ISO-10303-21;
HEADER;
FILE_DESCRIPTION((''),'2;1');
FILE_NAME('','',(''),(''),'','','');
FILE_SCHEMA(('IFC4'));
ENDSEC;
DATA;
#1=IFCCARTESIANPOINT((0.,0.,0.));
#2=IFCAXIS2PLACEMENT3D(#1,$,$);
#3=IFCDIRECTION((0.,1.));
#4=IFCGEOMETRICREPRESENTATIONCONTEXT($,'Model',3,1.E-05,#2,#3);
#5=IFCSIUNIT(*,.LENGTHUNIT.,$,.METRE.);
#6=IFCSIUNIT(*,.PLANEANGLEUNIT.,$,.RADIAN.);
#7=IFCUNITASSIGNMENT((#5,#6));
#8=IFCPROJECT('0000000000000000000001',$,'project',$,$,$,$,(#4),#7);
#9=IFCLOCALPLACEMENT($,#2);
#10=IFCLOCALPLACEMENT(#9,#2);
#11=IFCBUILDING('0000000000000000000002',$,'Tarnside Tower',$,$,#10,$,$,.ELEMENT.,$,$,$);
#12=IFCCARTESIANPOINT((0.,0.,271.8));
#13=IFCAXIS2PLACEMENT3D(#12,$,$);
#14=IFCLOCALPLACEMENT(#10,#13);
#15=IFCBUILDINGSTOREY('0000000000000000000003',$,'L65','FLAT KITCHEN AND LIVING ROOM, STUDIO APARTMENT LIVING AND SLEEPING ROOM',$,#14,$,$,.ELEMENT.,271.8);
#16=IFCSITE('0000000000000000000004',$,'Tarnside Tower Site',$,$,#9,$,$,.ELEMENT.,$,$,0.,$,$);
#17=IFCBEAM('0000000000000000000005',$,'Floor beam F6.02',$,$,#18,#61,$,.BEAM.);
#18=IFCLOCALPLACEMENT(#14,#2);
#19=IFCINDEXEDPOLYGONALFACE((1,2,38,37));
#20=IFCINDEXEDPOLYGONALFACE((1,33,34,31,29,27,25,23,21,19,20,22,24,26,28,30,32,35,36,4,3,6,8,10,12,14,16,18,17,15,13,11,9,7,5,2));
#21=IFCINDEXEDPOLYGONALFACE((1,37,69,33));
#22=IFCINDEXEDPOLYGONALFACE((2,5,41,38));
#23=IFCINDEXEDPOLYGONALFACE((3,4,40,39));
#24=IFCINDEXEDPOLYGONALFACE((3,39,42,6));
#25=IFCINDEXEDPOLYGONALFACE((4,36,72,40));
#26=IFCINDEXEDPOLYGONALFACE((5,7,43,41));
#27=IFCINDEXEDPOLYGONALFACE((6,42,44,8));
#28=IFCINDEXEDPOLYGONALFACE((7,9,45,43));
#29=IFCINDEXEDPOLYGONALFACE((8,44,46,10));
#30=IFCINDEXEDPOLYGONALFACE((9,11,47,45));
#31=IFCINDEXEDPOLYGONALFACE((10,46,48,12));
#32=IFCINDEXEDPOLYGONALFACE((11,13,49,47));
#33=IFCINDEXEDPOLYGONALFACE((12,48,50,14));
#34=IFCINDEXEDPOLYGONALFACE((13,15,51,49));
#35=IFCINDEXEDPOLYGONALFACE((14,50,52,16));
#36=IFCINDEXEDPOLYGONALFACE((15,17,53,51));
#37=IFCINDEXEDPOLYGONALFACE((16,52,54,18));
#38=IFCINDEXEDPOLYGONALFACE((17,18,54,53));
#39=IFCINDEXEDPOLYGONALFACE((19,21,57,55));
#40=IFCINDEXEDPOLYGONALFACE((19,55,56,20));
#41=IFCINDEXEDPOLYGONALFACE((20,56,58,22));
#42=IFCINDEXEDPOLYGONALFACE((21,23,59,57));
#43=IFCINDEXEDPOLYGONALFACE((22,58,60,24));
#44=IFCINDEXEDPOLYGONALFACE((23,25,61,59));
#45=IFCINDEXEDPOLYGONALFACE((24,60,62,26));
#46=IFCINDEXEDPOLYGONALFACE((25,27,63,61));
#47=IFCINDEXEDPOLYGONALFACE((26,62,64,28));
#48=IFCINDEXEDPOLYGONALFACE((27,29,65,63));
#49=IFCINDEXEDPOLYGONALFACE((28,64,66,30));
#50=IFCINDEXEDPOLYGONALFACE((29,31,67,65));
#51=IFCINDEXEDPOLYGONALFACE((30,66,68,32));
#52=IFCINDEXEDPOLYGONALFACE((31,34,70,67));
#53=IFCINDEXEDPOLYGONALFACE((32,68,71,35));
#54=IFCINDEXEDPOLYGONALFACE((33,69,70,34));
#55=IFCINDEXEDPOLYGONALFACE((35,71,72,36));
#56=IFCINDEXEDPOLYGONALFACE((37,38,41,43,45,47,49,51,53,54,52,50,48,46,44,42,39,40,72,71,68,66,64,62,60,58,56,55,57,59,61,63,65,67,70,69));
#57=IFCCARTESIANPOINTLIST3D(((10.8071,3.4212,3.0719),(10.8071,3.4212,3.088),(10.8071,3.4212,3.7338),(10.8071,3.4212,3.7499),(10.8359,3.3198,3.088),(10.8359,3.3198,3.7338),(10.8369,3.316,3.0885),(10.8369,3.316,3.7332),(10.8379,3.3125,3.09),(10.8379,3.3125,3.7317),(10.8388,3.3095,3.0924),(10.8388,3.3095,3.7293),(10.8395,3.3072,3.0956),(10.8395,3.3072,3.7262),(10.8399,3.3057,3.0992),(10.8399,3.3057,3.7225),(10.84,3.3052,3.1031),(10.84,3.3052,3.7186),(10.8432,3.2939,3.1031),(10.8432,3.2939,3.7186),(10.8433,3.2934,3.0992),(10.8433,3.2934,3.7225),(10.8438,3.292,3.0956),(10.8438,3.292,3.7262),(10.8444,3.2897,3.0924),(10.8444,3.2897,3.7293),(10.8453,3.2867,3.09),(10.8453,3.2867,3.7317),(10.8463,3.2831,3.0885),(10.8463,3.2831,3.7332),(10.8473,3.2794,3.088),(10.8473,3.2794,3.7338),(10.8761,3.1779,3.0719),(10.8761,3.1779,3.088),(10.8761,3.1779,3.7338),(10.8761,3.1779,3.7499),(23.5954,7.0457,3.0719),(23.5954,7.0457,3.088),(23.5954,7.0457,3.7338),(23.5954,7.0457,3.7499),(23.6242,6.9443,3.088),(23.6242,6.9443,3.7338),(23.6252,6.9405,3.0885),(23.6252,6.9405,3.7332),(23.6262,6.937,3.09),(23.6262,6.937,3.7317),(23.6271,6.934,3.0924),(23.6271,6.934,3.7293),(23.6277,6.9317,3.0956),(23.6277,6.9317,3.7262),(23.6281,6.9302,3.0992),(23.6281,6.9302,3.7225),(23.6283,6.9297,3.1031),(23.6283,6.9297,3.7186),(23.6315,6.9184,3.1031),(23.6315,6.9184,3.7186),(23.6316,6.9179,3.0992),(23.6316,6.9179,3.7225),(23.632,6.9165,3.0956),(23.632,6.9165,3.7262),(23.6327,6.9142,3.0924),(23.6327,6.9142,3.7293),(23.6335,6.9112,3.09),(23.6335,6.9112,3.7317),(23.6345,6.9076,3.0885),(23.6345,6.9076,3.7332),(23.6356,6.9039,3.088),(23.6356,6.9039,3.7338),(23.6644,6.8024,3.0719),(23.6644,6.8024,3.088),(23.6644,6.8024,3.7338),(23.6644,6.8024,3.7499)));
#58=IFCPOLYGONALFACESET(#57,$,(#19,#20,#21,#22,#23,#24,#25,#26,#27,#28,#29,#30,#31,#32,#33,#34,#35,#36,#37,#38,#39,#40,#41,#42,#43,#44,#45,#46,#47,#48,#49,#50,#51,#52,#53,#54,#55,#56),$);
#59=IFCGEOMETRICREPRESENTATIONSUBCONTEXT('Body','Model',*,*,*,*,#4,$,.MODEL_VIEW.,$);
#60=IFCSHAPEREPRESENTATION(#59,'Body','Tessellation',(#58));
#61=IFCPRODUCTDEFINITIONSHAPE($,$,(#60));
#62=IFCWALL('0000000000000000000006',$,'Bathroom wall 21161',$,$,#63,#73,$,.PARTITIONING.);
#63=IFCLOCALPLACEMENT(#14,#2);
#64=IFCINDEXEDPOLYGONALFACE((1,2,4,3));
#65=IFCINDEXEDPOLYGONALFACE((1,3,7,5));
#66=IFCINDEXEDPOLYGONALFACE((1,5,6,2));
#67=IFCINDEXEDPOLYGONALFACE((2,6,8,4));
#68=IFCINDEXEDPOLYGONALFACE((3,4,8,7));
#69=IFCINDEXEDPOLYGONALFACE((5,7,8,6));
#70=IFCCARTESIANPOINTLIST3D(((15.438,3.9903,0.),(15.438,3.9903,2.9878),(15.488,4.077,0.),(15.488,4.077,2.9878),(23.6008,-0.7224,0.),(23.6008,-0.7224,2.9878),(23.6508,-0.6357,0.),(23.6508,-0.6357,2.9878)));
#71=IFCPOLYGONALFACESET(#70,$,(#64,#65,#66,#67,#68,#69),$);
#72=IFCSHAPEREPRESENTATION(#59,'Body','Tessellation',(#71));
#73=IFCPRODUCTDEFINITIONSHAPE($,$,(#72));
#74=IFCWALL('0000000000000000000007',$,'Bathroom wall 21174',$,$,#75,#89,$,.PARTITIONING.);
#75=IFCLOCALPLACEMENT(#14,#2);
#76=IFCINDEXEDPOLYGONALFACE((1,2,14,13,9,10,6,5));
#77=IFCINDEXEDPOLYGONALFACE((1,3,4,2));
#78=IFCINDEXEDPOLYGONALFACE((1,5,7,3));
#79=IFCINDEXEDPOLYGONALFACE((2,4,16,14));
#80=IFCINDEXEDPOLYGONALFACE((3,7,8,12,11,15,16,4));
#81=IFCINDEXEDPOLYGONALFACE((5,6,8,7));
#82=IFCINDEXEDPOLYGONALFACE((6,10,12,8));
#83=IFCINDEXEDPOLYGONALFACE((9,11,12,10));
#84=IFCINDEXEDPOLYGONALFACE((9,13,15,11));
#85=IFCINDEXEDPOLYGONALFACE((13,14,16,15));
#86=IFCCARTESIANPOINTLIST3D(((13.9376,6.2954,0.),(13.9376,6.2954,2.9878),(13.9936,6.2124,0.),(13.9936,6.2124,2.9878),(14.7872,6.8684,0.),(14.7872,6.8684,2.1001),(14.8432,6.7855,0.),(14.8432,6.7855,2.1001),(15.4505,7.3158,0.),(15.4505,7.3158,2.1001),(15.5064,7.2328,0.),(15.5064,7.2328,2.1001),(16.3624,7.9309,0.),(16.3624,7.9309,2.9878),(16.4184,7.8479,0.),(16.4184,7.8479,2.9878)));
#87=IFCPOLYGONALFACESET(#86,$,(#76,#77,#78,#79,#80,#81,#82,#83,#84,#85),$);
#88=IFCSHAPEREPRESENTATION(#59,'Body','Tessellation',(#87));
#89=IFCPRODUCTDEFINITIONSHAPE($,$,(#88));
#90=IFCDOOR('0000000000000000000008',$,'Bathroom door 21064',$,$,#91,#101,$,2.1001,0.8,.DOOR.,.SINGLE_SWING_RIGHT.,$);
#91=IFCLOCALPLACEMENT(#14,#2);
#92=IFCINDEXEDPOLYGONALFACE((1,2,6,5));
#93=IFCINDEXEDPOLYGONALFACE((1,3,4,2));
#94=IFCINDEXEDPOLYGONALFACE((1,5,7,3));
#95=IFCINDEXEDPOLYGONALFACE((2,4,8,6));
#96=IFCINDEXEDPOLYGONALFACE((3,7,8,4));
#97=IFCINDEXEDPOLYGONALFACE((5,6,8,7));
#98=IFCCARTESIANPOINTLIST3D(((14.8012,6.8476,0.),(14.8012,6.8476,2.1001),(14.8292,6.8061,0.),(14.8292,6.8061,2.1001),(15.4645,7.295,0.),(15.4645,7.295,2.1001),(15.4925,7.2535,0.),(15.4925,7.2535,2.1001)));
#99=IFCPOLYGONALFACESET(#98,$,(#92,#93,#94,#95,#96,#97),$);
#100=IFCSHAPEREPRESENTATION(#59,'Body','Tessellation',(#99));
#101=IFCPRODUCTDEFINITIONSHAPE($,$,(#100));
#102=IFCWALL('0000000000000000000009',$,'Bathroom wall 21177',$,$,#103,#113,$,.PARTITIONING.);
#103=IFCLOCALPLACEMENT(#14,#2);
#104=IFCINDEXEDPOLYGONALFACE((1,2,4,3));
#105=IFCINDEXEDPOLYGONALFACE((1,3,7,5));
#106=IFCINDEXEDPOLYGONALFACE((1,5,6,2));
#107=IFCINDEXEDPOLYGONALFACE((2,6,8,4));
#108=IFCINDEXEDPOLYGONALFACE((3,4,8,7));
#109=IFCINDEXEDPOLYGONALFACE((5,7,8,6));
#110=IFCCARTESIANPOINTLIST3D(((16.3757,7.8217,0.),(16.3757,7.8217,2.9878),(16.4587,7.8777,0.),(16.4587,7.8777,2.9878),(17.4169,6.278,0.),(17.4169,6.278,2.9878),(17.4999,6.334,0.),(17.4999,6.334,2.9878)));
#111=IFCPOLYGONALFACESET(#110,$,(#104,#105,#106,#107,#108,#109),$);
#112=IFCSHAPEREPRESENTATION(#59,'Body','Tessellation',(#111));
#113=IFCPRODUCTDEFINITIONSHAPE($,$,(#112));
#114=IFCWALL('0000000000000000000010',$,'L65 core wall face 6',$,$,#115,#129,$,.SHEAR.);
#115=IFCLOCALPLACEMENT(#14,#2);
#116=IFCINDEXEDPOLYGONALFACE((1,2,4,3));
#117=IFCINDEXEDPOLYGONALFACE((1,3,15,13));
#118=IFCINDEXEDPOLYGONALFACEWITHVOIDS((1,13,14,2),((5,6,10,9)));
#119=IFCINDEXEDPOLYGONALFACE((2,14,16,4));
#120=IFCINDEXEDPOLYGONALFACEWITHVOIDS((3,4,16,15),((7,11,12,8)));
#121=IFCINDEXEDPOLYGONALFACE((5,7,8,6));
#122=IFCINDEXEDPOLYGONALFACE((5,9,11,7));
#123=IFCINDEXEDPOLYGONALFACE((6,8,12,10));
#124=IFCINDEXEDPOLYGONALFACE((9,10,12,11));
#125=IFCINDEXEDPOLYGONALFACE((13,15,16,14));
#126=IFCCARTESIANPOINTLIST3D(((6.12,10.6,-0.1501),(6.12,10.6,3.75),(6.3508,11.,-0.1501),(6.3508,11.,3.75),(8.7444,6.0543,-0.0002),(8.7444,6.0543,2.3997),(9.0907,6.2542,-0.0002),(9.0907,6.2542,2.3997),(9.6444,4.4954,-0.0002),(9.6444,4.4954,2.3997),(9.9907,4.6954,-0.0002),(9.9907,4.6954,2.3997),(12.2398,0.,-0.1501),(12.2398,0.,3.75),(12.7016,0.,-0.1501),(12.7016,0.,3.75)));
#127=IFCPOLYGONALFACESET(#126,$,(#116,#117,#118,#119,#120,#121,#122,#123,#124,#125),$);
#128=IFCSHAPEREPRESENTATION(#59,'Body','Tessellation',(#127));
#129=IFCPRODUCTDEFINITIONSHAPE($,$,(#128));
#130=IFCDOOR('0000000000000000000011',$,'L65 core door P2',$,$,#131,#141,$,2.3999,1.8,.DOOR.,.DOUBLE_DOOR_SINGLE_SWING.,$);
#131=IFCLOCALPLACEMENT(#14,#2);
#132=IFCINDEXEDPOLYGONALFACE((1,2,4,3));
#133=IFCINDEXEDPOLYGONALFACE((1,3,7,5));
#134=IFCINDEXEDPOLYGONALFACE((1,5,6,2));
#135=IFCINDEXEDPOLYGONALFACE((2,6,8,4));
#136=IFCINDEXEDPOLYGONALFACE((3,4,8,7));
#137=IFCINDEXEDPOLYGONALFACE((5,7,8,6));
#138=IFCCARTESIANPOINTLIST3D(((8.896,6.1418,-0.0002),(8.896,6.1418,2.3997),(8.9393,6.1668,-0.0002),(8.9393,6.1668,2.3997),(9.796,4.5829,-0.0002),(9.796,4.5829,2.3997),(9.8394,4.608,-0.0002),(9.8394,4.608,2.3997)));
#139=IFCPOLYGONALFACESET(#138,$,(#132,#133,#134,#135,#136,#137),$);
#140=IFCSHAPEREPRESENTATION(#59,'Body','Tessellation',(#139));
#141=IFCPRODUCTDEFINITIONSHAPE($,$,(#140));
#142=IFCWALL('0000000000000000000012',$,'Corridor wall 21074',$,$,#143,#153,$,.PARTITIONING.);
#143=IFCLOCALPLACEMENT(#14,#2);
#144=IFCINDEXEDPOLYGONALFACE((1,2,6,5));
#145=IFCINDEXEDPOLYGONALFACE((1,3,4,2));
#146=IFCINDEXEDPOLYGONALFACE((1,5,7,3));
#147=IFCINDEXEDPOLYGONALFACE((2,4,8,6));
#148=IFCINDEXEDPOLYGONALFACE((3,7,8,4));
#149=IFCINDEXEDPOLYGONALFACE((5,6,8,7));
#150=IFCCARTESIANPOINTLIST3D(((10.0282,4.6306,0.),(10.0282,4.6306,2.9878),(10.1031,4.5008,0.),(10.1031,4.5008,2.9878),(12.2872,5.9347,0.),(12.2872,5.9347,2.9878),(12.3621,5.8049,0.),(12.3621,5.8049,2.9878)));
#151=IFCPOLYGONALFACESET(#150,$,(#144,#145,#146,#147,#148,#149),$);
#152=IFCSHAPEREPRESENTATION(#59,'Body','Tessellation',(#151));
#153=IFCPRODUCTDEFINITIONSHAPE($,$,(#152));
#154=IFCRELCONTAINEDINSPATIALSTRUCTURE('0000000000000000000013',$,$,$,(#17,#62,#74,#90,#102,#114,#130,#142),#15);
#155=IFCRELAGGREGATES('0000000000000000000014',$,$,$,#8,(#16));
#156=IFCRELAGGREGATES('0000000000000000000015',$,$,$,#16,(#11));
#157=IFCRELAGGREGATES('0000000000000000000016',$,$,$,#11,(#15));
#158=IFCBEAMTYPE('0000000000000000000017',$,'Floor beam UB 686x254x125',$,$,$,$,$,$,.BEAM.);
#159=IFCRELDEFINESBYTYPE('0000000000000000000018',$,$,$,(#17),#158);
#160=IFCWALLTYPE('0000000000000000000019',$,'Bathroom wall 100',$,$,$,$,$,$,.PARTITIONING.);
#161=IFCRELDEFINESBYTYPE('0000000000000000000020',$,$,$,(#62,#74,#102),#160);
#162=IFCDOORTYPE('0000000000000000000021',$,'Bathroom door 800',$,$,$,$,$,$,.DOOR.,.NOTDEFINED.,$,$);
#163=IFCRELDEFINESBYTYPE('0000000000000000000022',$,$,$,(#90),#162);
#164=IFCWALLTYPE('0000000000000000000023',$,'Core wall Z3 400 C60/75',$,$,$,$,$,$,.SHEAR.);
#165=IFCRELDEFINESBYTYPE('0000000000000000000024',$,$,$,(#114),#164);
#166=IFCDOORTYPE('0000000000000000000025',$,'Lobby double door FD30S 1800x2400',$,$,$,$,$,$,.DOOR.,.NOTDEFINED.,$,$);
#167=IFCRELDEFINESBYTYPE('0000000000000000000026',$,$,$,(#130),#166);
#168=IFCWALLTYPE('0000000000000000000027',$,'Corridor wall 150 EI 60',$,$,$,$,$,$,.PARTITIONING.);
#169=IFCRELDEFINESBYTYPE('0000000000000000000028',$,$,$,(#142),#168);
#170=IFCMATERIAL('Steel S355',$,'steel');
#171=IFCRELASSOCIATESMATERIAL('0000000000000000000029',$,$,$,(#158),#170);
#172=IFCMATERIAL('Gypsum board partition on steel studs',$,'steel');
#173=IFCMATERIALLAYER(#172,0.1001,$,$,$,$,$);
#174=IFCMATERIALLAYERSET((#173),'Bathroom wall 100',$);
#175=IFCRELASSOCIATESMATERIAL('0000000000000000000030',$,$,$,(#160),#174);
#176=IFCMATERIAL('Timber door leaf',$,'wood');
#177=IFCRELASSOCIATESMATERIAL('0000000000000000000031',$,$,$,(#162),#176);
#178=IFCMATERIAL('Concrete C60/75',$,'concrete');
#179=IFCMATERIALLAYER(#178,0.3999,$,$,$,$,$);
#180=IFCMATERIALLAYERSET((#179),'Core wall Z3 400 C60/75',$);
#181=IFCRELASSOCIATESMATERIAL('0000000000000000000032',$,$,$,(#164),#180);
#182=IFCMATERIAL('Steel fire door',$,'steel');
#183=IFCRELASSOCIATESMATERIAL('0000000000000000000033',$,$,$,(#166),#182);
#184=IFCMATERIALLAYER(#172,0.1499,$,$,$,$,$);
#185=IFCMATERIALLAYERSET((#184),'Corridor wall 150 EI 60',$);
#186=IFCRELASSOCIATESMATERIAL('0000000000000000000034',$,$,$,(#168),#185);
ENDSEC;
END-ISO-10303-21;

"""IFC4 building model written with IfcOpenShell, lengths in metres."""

from ifc_helpers import new_model, si_unit, direction, frame, frame_2d, origin, origin_2d, place, context, subcontext, project, spatial, polyline, rectangle, i_section, outline, extrude, material, layer, layer_set, material_profile, profile_set, type_object, element, fill, save


model = new_model("IFC4")

# Units and contexts
model_context = context("Model", 3, precision=1e-05, world=origin(), true_north=direction((0.0, 1.0)))
body_context = subcontext(model_context, "Body", "Model", "MODEL_VIEW")
ifc_project = project(units=[si_unit("LENGTHUNIT", "METRE"), si_unit("PLANEANGLEUNIT", "RADIAN")], contexts=[model_context])

# Site, building, storey
site_placement = place(None, origin())
site = spatial("IfcSite", under=ifc_project, at=site_placement, Name="Tarnside Tower Site", CompositionType="ELEMENT", RefElevation=0.0)
building_placement = place(site_placement, origin())
building = spatial("IfcBuilding", under=site, at=building_placement, Name="Tarnside Tower", CompositionType="ELEMENT")
storey_placement = place(building_placement, frame((0.0, 0.0, 271.8)))
storey = spatial("IfcBuildingStorey", under=building, at=storey_placement, Name="L65", Description="FLAT KITCHEN AND LIVING ROOM, STUDIO APARTMENT LIVING AND SLEEPING ROOM", CompositionType="ELEMENT", Elevation=271.8)

# Beam
ifc_material_1 = material(Name="Steel S355", Category="steel")
ifc_material_profile = material_profile(ifc_material_1, i_section(OverallWidth=0.2529, OverallDepth=0.678, WebThickness=0.0117, FlangeThickness=0.0161, FilletRadius=0.0151, at=origin_2d()), Name="UB 686x254x125")
ifc_profile_set = profile_set([ifc_material_profile], Name="Steel S355")
beam_type = type_object("IfcBeamType", Name="Floor beam UB 686x254x125", PredefinedType="BEAM", material=ifc_profile_set)
beam_placement = place(storey_placement, frame((23.6299, 6.9241, 3.4109), z_axis=(-0.962104, -0.272683, 0.0), x_axis=(0.272683, -0.962104, 0.0)))
element("IfcBeam", 1, at=beam_placement, inside=storey, type_object=beam_type, Name="Floor beam F6.02", PredefinedType="BEAM", context=body_context, shape_type="SweptSolid", body=[
    extrude(i_section(OverallWidth=0.2529, OverallDepth=0.678, WebThickness=0.0117, FlangeThickness=0.0161, FilletRadius=0.0151, at=origin_2d()), origin(), (0.0, 0.0, 1.0), 13.292),
])

# Wall
ifc_material_2 = material(Name="Gypsum board partition on steel studs", Category="steel")
ifc_layer_1 = layer(ifc_material_2, 0.1001)
ifc_layer_set_1 = layer_set([ifc_layer_1], Name="Bathroom wall 100")
wall_type_1 = type_object("IfcWallType", Name="Bathroom wall 100", PredefinedType="PARTITIONING", material=ifc_layer_set_1)
wall_1_placement = place(storey_placement, frame((15.4629, 4.0337, 0.0), z_axis=(0.0, 0.0, 1.0), x_axis=(0.866033, -0.499986, 0.0)))
element("IfcWall", 2, at=wall_1_placement, inside=storey, type_object=wall_type_1, Name="Bathroom wall 21161", PredefinedType="PARTITIONING", context=body_context, shape_type="SweptSolid", body=[
    extrude(rectangle(XDim=9.4255, YDim=0.1001, at=frame_2d((4.7129, 0.0))), origin(), (0.0, 0.0, 1.0), 2.9878),
])

# Wall, opening, door
wall_2_placement = place(storey_placement, frame((13.9656, 6.2539, 0.0), z_axis=(0.0, 0.0, 1.0), x_axis=(0.829046, 0.55918, 0.0)))
wall_2 = element("IfcWall", 3, at=wall_2_placement, inside=storey, type_object=wall_type_1, Name="Bathroom wall 21174", PredefinedType="PARTITIONING", context=body_context, shape_type="SweptSolid", body=[
    extrude(rectangle(XDim=2.9248, YDim=0.1001, at=frame_2d((1.4624, 0.0))), origin(), (0.0, 0.0, 1.0), 2.9878),
])
opening_1_placement = place(wall_2_placement, frame((1.0249, 0.0, 0.0)))
opening_1 = element("IfcOpeningElement", 4, at=opening_1_placement, cuts=wall_2, PredefinedType="OPENING", context=body_context, shape_type="SweptSolid", body=[
    extrude(rectangle(XDim=0.8, YDim=2.1001, at=frame_2d((0.3999, 1.05))), frame((0.0, 0.0601, 0.0), z_axis=(0.0, -1.0, 0.0), x_axis=(1.0, 0.0, 0.0)), (0.0, 0.0, 1.0), 0.1201),
])
ifc_material_3 = material(Name="Timber door leaf", Category="wood")
door_type_1 = type_object("IfcDoorType", Name="Bathroom door 800", OperationType="NOTDEFINED", PredefinedType="DOOR", material=ifc_material_3)
door_1_placement = place(opening_1_placement, origin())
door_1 = element("IfcDoor", 5, at=door_1_placement, inside=storey, type_object=door_type_1, Name="Bathroom door 21064", OperationType="SINGLE_SWING_RIGHT", OverallHeight=2.1001, OverallWidth=0.8, PredefinedType="DOOR", context=body_context, shape_type="SweptSolid", body=[
    extrude(rectangle(XDim=0.8, YDim=2.1001, at=frame_2d((0.3999, 1.05))), frame((0.0, 0.0249, 0.0), z_axis=(0.0, -1.0, 0.0), x_axis=(1.0, 0.0, 0.0)), (0.0, 0.0, 1.0), 0.05),
])
fill(opening_1, door_1)

# Wall
wall_3_placement = place(storey_placement, frame((17.4585, 6.3059, 0.0), z_axis=(0.0, 0.0, 1.0), x_axis=(-0.5592, 0.829033, 0.0)))
element("IfcWall", 6, at=wall_3_placement, inside=storey, type_object=wall_type_1, Name="Bathroom wall 21177", PredefinedType="PARTITIONING", context=body_context, shape_type="SweptSolid", body=[
    extrude(rectangle(XDim=1.8621, YDim=0.1001, at=frame_2d((0.9312, 0.0))), origin(), (0.0, 0.0, 1.0), 2.9878),
])

# Wall, opening, door
ifc_material_4 = material(Name="Concrete C60/75", Category="concrete")
ifc_layer_2 = layer(ifc_material_4, 0.3999)
ifc_layer_set_2 = layer_set([ifc_layer_2], Name="Core wall Z3 400 C60/75")
wall_type_2 = type_object("IfcWallType", Name="Core wall Z3 400 C60/75", PredefinedType="SHEAR", material=ifc_layer_set_2)
wall_4_placement = place(storey_placement, frame((12.4707, 0.0, -0.1501), z_axis=(0.0, 0.0, 1.0), x_axis=(-0.499996, 0.866027, 0.0)))
wall_4 = element("IfcWall", 7, at=wall_4_placement, inside=storey, type_object=wall_type_2, Name="L65 core wall face 6", PredefinedType="SHEAR", context=body_context, shape_type="SweptSolid", body=[
    extrude(outline(polyline([(-0.1155, -0.2), (12.5862, -0.2), (12.3552, 0.2), (0.1155, 0.2), (-0.1155, -0.2)])), origin(), (0.0, 0.0, 1.0), 3.9001),
])
opening_2_placement = place(wall_4_placement, frame((5.3064, 0.0, 0.1499)))
opening_2 = element("IfcOpeningElement", 8, at=opening_2_placement, cuts=wall_4, PredefinedType="OPENING", context=body_context, shape_type="SweptSolid", body=[
    extrude(rectangle(XDim=1.8, YDim=2.3999, at=frame_2d((0.8999, 1.2))), frame((0.0, 0.21, 0.0), z_axis=(0.0, -1.0, 0.0), x_axis=(1.0, 0.0, 0.0)), (0.0, 0.0, 1.0), 0.4199),
])
ifc_material_5 = material(Name="Steel fire door", Category="steel")
door_type_2 = type_object("IfcDoorType", Name="Lobby double door FD30S 1800x2400", OperationType="NOTDEFINED", PredefinedType="DOOR", material=ifc_material_5)
door_2_placement = place(opening_2_placement, origin())
door_2 = element("IfcDoor", 9, at=door_2_placement, inside=storey, type_object=door_type_2, Name="L65 core door P2", OperationType="DOUBLE_DOOR_SINGLE_SWING", OverallHeight=2.3999, OverallWidth=1.8, PredefinedType="DOOR", context=body_context, shape_type="SweptSolid", body=[
    extrude(rectangle(XDim=1.8, YDim=2.3999, at=frame_2d((0.8999, 1.2))), frame((0.0, 0.0249, 0.0), z_axis=(0.0, -1.0, 0.0), x_axis=(1.0, 0.0, 0.0)), (0.0, 0.0, 1.0), 0.05),
])
fill(opening_2, door_2)

# Wall
ifc_layer_3 = layer(ifc_material_2, 0.1499)
ifc_layer_set_3 = layer_set([ifc_layer_3], Name="Corridor wall 150 EI 60")
wall_type_3 = type_object("IfcWallType", Name="Corridor wall 150 EI 60", PredefinedType="PARTITIONING", material=ifc_layer_set_3)
wall_5_placement = place(storey_placement, frame((10.0657, 4.5657, 0.0), z_axis=(0.0, 0.0, 1.0), x_axis=(0.866034, 0.499984, 0.0)))
element("IfcWall", 10, at=wall_5_placement, inside=storey, type_object=wall_type_3, Name="Corridor wall 21074", PredefinedType="PARTITIONING", context=body_context, shape_type="SweptSolid", body=[
    extrude(rectangle(XDim=2.6084, YDim=0.1499, at=frame_2d((1.3042, 0.0))), origin(), (0.0, 0.0, 1.0), 2.9878),
])

save(model, "model.ifc")
